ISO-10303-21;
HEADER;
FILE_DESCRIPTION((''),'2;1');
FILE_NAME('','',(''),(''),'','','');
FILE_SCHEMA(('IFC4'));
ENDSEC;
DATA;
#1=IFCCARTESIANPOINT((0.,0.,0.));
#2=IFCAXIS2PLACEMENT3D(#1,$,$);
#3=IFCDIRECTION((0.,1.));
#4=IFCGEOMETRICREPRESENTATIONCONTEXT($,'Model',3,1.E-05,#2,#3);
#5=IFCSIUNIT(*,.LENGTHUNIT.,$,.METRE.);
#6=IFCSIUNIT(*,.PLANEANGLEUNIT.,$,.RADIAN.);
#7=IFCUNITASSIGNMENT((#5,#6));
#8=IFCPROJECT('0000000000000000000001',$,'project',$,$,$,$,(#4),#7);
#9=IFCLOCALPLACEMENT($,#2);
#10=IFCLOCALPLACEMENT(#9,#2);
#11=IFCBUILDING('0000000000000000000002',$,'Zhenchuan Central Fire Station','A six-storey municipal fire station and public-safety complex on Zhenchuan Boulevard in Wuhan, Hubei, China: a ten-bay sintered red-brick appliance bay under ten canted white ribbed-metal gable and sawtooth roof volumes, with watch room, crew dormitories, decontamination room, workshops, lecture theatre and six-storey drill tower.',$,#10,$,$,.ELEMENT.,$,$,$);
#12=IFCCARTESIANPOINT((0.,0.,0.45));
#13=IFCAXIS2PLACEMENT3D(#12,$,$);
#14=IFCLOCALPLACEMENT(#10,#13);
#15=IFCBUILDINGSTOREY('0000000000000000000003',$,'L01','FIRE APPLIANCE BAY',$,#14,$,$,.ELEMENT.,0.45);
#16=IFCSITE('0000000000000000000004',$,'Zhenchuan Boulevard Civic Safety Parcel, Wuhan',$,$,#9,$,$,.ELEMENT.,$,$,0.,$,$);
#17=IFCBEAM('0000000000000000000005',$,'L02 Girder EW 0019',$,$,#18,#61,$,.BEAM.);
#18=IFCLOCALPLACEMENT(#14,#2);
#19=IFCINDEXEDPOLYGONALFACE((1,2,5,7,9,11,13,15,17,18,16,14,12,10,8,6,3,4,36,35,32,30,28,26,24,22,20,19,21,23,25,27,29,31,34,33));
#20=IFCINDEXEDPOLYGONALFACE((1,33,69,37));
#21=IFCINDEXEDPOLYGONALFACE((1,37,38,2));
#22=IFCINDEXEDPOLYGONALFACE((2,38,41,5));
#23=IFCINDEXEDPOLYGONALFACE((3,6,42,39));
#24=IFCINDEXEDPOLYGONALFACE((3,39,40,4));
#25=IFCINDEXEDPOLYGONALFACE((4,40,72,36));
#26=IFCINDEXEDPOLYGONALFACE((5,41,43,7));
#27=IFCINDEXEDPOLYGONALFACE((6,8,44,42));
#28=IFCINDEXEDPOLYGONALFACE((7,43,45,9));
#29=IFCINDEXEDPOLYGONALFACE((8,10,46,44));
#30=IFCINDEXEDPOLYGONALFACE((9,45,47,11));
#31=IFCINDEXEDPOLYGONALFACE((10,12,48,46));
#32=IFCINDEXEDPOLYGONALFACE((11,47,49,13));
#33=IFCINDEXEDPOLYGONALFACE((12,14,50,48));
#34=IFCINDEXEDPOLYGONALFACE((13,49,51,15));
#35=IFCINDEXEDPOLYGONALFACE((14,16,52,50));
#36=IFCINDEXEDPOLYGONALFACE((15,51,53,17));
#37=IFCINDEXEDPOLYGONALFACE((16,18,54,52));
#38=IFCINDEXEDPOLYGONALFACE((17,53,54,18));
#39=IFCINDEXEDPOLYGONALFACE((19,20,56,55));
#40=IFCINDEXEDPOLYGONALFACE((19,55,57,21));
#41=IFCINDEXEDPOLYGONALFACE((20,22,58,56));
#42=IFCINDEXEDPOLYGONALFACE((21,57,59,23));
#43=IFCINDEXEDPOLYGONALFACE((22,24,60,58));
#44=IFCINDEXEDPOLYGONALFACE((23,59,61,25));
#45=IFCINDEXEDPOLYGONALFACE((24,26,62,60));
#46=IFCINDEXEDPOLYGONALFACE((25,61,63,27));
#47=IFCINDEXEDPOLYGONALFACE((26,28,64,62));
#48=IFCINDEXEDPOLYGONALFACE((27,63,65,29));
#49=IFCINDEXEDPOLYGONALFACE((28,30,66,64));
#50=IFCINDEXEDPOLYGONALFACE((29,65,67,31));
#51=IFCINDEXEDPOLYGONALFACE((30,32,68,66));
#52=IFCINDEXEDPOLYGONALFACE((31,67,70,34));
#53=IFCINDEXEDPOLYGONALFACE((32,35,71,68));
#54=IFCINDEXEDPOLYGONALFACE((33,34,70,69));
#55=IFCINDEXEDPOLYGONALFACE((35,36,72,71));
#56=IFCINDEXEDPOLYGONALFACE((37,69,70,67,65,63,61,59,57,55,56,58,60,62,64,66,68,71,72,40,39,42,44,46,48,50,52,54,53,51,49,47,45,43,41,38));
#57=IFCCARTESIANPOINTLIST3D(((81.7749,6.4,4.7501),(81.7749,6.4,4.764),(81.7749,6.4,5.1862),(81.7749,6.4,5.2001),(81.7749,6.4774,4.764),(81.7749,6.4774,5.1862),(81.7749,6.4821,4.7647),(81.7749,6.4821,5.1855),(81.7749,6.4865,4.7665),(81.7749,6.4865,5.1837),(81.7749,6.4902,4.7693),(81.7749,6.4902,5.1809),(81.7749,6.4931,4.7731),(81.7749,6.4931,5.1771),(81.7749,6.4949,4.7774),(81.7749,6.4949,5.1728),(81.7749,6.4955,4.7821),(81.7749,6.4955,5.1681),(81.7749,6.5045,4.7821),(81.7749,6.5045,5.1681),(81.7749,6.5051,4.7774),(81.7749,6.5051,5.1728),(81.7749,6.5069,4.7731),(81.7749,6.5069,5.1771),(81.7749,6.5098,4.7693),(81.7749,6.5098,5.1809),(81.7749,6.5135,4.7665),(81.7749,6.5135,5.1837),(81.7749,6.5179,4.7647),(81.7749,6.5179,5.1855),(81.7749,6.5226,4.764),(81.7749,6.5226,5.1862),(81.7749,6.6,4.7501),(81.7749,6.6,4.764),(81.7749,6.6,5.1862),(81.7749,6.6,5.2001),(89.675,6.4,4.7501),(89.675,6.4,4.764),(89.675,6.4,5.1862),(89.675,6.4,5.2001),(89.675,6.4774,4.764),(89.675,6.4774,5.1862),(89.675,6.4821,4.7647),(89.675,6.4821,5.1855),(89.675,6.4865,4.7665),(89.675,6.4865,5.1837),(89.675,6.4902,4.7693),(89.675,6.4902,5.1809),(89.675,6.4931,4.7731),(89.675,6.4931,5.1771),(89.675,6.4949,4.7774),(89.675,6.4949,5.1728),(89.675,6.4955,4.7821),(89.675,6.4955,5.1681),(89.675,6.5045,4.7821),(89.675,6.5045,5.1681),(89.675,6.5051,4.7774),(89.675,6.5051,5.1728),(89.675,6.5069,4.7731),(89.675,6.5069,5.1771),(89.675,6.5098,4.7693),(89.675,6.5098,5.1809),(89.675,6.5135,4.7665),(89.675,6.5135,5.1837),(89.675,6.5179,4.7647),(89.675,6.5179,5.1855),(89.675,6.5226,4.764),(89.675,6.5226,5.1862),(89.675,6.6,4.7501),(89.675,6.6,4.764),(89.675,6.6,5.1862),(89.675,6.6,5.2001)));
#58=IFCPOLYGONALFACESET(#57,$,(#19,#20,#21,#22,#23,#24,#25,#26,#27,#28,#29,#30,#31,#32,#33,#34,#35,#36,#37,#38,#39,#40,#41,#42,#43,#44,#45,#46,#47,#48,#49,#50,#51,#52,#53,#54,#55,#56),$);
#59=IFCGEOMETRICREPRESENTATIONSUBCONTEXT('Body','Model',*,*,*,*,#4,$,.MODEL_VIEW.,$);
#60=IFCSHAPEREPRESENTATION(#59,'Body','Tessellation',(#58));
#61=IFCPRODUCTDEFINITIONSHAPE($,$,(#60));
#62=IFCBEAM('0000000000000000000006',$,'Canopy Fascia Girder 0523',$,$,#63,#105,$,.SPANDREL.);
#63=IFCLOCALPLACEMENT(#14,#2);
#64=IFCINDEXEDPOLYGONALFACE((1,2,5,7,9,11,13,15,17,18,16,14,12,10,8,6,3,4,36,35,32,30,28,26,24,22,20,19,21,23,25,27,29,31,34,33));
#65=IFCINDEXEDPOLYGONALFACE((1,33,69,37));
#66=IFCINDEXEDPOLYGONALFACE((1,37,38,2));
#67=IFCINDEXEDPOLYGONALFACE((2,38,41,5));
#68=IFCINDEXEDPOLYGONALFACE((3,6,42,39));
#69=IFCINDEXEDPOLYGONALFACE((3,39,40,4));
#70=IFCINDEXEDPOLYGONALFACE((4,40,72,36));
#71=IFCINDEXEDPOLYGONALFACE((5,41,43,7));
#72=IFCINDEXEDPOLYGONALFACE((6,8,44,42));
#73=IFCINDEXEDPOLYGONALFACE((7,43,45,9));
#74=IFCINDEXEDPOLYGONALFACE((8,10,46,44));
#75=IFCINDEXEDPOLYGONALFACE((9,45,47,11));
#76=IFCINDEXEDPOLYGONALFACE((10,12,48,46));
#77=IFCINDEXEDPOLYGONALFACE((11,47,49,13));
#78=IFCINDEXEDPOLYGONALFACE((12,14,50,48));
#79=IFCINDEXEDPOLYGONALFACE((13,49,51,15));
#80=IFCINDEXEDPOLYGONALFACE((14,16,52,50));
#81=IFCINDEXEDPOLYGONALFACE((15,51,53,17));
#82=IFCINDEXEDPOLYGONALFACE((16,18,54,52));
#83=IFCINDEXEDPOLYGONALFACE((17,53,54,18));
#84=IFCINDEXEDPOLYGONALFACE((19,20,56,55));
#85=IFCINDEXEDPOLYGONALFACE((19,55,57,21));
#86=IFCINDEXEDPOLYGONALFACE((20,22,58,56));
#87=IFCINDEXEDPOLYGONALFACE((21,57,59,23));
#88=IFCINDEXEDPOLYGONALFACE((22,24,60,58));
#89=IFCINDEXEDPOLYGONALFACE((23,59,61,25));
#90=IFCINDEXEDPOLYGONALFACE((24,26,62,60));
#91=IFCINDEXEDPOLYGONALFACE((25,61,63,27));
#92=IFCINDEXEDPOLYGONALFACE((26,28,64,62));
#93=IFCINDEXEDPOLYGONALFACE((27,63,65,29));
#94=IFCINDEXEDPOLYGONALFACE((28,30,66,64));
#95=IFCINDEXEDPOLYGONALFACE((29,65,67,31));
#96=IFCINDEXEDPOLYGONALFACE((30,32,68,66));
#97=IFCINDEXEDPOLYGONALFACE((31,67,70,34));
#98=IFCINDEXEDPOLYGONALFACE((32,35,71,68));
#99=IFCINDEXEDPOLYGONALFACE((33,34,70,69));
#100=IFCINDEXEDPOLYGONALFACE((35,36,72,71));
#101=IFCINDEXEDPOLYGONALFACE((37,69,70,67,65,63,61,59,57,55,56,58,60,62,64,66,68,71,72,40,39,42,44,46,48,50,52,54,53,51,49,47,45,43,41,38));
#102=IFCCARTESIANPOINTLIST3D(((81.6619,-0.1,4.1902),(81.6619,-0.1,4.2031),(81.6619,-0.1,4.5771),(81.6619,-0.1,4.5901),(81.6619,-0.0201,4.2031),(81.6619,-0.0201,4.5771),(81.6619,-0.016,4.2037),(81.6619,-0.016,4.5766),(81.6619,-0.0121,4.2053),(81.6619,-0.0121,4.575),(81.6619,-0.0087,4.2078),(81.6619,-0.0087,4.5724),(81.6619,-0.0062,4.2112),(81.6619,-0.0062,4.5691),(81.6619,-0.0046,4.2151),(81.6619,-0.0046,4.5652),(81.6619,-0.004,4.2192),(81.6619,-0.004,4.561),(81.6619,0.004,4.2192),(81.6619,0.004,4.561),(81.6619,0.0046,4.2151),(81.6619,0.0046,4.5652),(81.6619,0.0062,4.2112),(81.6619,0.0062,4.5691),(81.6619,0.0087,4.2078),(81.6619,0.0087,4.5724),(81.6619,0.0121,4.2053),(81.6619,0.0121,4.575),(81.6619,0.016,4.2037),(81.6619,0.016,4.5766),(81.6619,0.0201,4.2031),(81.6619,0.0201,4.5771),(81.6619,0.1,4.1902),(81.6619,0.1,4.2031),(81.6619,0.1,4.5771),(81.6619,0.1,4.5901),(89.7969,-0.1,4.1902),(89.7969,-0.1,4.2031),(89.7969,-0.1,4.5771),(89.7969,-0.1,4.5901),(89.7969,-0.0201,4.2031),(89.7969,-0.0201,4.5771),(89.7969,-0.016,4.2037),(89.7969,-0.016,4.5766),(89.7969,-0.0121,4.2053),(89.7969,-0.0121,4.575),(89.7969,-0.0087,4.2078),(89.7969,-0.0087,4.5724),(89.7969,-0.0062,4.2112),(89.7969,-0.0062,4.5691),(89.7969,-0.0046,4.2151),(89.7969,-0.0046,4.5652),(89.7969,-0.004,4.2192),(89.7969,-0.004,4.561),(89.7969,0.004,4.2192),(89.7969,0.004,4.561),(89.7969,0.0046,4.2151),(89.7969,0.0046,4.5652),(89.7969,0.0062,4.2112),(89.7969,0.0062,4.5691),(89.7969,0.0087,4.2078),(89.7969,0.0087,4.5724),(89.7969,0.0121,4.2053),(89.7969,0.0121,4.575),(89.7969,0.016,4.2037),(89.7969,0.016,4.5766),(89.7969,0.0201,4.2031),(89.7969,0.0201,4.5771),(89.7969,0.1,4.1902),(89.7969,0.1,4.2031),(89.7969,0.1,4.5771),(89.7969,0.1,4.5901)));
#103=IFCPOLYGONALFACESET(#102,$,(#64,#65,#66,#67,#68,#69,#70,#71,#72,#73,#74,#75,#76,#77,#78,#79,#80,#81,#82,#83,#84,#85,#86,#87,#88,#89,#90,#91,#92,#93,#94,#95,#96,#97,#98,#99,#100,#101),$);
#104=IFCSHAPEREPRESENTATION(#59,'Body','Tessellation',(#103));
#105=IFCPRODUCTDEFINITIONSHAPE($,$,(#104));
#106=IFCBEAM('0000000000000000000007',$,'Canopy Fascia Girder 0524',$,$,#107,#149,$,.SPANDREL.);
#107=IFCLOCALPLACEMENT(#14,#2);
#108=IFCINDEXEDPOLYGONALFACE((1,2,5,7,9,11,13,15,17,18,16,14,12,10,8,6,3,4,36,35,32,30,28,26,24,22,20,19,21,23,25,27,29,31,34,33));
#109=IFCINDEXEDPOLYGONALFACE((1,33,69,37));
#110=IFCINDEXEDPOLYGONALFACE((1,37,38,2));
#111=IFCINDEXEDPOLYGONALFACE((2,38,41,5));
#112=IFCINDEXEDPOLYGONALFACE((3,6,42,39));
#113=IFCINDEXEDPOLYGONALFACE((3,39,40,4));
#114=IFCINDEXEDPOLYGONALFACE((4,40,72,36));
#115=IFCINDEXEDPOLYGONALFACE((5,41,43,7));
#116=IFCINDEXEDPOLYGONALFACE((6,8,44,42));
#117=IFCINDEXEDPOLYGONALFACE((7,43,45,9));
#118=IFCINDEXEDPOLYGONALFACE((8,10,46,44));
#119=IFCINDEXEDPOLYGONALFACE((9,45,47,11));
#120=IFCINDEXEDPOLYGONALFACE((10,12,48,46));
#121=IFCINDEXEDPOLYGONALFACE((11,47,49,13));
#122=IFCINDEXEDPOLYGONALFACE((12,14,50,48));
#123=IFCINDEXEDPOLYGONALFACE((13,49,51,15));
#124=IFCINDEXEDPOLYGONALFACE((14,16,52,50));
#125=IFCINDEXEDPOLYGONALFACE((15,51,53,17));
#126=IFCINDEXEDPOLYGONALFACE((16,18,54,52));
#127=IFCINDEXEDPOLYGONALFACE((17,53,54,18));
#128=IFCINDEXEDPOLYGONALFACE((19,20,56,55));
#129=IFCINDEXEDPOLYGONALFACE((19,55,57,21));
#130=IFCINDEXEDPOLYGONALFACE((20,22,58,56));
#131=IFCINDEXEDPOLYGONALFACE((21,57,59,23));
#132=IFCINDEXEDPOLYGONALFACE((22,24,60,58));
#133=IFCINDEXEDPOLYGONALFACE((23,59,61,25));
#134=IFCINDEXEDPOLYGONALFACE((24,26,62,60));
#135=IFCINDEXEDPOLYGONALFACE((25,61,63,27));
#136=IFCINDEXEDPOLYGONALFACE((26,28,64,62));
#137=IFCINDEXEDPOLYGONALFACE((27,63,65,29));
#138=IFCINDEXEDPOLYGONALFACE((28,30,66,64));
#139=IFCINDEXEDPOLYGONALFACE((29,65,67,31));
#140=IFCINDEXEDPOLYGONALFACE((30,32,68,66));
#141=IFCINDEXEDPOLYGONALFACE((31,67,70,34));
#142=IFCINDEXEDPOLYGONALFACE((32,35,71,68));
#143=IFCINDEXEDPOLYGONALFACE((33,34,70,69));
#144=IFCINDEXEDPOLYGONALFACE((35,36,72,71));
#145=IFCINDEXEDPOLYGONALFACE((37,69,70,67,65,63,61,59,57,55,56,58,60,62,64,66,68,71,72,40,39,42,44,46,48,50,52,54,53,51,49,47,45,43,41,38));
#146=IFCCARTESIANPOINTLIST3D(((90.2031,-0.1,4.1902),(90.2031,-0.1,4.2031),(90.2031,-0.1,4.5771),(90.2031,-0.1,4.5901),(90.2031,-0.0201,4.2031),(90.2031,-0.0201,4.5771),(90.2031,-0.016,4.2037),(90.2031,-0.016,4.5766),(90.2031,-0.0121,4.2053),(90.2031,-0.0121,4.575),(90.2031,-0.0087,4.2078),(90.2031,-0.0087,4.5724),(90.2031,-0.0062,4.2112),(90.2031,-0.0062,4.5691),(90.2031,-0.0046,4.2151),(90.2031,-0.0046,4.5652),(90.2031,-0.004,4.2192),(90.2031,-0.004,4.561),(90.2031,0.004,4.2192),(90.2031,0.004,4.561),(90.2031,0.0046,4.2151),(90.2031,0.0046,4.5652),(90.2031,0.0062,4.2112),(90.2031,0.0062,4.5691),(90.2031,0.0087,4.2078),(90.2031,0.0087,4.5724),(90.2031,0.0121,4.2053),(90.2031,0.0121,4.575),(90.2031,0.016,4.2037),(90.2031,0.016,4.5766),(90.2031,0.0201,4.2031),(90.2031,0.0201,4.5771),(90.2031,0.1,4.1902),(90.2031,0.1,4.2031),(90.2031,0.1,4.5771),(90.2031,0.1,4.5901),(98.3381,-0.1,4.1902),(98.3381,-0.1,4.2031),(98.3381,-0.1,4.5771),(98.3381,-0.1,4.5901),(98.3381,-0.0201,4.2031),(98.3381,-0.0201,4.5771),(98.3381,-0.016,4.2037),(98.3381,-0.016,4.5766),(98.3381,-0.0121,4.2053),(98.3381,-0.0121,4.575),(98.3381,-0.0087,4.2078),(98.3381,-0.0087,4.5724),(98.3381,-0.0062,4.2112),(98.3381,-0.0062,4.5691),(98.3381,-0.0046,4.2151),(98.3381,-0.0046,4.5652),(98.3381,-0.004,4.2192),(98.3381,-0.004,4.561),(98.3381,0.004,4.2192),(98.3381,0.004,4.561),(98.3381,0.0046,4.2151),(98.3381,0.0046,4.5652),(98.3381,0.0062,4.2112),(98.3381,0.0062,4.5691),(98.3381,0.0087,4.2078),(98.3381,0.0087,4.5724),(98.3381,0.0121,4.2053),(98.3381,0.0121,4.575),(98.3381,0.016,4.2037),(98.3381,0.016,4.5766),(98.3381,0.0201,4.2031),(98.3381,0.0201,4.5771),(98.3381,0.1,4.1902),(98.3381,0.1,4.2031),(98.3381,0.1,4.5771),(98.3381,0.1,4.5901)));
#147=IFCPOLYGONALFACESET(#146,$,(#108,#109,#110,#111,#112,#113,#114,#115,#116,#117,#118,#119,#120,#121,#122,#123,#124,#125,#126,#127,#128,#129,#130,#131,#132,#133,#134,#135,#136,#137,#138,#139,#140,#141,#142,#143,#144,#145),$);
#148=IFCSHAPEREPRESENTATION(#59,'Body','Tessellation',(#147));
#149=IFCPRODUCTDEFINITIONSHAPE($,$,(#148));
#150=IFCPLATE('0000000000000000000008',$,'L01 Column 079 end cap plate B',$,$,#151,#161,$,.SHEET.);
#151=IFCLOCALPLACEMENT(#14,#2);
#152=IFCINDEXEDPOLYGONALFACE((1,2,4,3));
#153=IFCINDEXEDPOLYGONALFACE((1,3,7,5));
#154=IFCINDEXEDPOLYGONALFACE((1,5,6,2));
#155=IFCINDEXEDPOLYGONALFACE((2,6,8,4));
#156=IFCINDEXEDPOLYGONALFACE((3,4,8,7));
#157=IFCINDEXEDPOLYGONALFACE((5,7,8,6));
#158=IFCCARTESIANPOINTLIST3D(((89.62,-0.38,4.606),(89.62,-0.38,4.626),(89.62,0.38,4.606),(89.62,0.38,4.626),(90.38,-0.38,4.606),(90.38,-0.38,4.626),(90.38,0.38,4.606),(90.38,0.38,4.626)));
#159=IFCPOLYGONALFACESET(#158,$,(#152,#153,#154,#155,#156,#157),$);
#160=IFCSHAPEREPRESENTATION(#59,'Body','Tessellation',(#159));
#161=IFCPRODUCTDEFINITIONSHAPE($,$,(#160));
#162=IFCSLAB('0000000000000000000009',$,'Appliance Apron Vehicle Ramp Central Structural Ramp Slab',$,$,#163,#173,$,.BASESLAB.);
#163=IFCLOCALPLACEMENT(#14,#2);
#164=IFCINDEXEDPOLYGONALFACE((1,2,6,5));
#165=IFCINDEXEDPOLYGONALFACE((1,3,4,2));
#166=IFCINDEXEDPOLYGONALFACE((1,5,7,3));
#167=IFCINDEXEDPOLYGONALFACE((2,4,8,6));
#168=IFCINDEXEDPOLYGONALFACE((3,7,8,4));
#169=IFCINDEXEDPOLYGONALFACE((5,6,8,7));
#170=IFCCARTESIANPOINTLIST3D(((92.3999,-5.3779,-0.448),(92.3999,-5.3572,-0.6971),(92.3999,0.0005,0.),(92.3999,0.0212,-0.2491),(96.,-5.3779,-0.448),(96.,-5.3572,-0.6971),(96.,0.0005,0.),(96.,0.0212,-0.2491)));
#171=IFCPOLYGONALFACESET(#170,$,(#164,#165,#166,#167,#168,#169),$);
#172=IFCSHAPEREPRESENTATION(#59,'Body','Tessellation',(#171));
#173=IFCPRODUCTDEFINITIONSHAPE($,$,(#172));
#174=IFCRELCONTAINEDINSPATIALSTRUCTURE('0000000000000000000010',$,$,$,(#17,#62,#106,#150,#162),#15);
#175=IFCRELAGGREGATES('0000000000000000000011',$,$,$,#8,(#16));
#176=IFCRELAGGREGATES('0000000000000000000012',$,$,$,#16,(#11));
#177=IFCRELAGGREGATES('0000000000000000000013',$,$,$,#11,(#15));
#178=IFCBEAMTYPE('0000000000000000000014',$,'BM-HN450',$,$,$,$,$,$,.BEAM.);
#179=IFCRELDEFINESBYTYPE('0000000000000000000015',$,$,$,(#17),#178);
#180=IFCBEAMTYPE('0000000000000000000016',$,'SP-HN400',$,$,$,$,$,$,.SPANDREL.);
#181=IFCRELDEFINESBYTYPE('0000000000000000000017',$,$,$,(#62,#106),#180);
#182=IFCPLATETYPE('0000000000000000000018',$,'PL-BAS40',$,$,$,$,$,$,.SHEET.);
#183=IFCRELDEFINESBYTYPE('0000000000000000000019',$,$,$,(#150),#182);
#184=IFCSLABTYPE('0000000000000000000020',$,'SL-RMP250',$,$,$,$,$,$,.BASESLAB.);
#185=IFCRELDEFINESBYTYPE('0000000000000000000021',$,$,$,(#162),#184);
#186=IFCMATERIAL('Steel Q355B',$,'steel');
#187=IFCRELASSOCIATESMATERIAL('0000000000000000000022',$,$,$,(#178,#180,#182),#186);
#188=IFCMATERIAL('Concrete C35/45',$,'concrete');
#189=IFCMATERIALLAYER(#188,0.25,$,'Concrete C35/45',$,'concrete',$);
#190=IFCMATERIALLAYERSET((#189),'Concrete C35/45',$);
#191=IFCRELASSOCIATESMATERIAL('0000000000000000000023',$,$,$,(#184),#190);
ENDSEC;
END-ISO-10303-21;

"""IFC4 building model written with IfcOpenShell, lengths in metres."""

from ifc_helpers import new_model, si_unit, direction, frame, origin, origin_2d, place, context, subcontext, project, spatial, polyline, rectangle, i_section, outline, extrude, material, layer, layer_set, material_profile, profile_set, type_object, element, save


model = new_model("IFC4")

# Units and contexts
model_context = context("Model", 3, precision=1e-05, world=origin(), true_north=direction((0.0, 1.0)))
body_context = subcontext(model_context, "Body", "Model", "MODEL_VIEW")
ifc_project = project(units=[si_unit("LENGTHUNIT", "METRE"), si_unit("PLANEANGLEUNIT", "RADIAN")], contexts=[model_context])

# Site, building, storey
site_placement = place(None, origin())
site = spatial("IfcSite", under=ifc_project, at=site_placement, Name="Zhenchuan Boulevard Civic Safety Parcel, Wuhan", CompositionType="ELEMENT", RefElevation=0.0)
building_placement = place(site_placement, origin())
building = spatial("IfcBuilding", under=site, at=building_placement, Name="Zhenchuan Central Fire Station", Description="A six-storey municipal fire station and public-safety complex on Zhenchuan Boulevard in Wuhan, Hubei, China: a ten-bay sintered red-brick appliance bay under ten canted white ribbed-metal gable and sawtooth roof volumes, with watch room, crew dormitories, decontamination room, workshops, lecture theatre and six-storey drill tower.", CompositionType="ELEMENT")
storey_placement = place(building_placement, frame((0.0, 0.0, 0.45)))
storey = spatial("IfcBuildingStorey", under=building, at=storey_placement, Name="L01", Description="FIRE APPLIANCE BAY", CompositionType="ELEMENT", Elevation=0.45)

# Shared definitions
ifc_material_1 = material(Name="Concrete C35/45", Category="concrete")

# Shared definitions
ifc_material_2 = material(Name="Steel Q355B", Category="steel")

# Beams
ifc_material_profile_1 = material_profile(ifc_material_2, i_section(OverallWidth=0.2, OverallDepth=0.45, WebThickness=0.009, FlangeThickness=0.0139, FilletRadius=0.0181, at=origin_2d()), Name="HN 450x200")
ifc_profile_set_1 = profile_set([ifc_material_profile_1], Name="Steel Q355B")
beam_type_1 = type_object("IfcBeamType", Name="BM-HN450", PredefinedType="BEAM", material=ifc_profile_set_1)
beam_1_placement = place(storey_placement, frame((81.7749, 6.5, 4.9751), z_axis=(1.0, 0.0, 0.0), x_axis=(0.0, 1.0, 0.0)))
element("IfcBeam", 1, at=beam_1_placement, inside=storey, type_object=beam_type_1, Name="L02 Girder EW 0019", PredefinedType="BEAM", context=body_context, shape_type="SweptSolid", body=[
    extrude(i_section(OverallWidth=0.2, OverallDepth=0.45, WebThickness=0.009, FlangeThickness=0.0139, FilletRadius=0.0181, at=origin_2d()), origin(), (0.0, 0.0, 1.0), 7.9001),
])
ifc_material_profile_2 = material_profile(ifc_material_2, i_section(OverallWidth=0.2, OverallDepth=0.3999, WebThickness=0.0081, FlangeThickness=0.0129, FilletRadius=0.0161, at=origin_2d()), Name="HN 400x200")
ifc_profile_set_2 = profile_set([ifc_material_profile_2], Name="Steel Q355B")
beam_type_2 = type_object("IfcBeamType", Name="SP-HN400", PredefinedType="SPANDREL", material=ifc_profile_set_2)
for number, where, z_axis, x_axis, name in (
    (2, (81.6619, 0.0, 4.3901), (1.0, 0.0, 0.0), (0.0, 1.0, 0.0), "Canopy Fascia Girder 0523"),
    (3, (90.2031, 0.0, 4.3901), (1.0, 0.0, 0.0), (0.0, 1.0, 0.0), "Canopy Fascia Girder 0524"),
):
    element("IfcBeam", number, at=place(storey_placement, frame(where, z_axis=z_axis, x_axis=x_axis)), inside=storey, type_object=beam_type_2, Name=name, PredefinedType="SPANDREL", context=body_context, shape_type="SweptSolid", body=[
        extrude(i_section(OverallWidth=0.2, OverallDepth=0.3999, WebThickness=0.0081, FlangeThickness=0.0129, FilletRadius=0.0161, at=origin_2d()), origin(), (0.0, 0.0, 1.0), 8.135),
    ])

# Plate
ifc_material_profile_3 = material_profile(ifc_material_2, rectangle(XDim=0.76, YDim=0.76, at=origin_2d()), Name="PL 760x760x40")
ifc_profile_set_3 = profile_set([ifc_material_profile_3], Name="Steel Q355B")
plate_type = type_object("IfcPlateType", Name="PL-BAS40", PredefinedType="SHEET", material=ifc_profile_set_3)
plate_placement = place(storey_placement, frame((90.0, 0.0, 4.606), z_axis=(0.0, 0.0, 1.0), x_axis=(1.0, 0.0, 0.0)))
element("IfcPlate", 4, at=plate_placement, inside=storey, type_object=plate_type, Name="L01 Column 079 end cap plate B", PredefinedType="SHEET", context=body_context, shape_type="SweptSolid", body=[
    extrude(rectangle(XDim=0.76, YDim=0.76, at=origin_2d()), origin(), (0.0, 0.0, 1.0), 0.02),
])

# Slab
ifc_layer_1 = layer(ifc_material_1, 0.25, Name="Concrete C35/45", Category="concrete")
ifc_layer_set_1 = layer_set([ifc_layer_1], Name="Concrete C35/45")
slab_type = type_object("IfcSlabType", Name="SL-RMP250", PredefinedType="BASESLAB", material=ifc_layer_set_1)
slab_placement = place(storey_placement, frame((92.3999, -5.3779, -0.448), z_axis=(0.0, -0.083008, 0.996549), x_axis=(1.0, 0.0, 0.0)))
element("IfcSlab", 5, at=slab_placement, inside=storey, type_object=slab_type, Name="Appliance Apron Vehicle Ramp Central Structural Ramp Slab", PredefinedType="BASESLAB", context=body_context, shape_type="SweptSolid", body=[
    extrude(outline(polyline([(0.0, 0.0), (3.6001, 0.0), (3.6001, 5.397), (0.0, 5.397), (0.0, 0.0)])), origin(), (0.0, 0.0, -1.0), 0.25),
])

save(model, "model.ifc")
